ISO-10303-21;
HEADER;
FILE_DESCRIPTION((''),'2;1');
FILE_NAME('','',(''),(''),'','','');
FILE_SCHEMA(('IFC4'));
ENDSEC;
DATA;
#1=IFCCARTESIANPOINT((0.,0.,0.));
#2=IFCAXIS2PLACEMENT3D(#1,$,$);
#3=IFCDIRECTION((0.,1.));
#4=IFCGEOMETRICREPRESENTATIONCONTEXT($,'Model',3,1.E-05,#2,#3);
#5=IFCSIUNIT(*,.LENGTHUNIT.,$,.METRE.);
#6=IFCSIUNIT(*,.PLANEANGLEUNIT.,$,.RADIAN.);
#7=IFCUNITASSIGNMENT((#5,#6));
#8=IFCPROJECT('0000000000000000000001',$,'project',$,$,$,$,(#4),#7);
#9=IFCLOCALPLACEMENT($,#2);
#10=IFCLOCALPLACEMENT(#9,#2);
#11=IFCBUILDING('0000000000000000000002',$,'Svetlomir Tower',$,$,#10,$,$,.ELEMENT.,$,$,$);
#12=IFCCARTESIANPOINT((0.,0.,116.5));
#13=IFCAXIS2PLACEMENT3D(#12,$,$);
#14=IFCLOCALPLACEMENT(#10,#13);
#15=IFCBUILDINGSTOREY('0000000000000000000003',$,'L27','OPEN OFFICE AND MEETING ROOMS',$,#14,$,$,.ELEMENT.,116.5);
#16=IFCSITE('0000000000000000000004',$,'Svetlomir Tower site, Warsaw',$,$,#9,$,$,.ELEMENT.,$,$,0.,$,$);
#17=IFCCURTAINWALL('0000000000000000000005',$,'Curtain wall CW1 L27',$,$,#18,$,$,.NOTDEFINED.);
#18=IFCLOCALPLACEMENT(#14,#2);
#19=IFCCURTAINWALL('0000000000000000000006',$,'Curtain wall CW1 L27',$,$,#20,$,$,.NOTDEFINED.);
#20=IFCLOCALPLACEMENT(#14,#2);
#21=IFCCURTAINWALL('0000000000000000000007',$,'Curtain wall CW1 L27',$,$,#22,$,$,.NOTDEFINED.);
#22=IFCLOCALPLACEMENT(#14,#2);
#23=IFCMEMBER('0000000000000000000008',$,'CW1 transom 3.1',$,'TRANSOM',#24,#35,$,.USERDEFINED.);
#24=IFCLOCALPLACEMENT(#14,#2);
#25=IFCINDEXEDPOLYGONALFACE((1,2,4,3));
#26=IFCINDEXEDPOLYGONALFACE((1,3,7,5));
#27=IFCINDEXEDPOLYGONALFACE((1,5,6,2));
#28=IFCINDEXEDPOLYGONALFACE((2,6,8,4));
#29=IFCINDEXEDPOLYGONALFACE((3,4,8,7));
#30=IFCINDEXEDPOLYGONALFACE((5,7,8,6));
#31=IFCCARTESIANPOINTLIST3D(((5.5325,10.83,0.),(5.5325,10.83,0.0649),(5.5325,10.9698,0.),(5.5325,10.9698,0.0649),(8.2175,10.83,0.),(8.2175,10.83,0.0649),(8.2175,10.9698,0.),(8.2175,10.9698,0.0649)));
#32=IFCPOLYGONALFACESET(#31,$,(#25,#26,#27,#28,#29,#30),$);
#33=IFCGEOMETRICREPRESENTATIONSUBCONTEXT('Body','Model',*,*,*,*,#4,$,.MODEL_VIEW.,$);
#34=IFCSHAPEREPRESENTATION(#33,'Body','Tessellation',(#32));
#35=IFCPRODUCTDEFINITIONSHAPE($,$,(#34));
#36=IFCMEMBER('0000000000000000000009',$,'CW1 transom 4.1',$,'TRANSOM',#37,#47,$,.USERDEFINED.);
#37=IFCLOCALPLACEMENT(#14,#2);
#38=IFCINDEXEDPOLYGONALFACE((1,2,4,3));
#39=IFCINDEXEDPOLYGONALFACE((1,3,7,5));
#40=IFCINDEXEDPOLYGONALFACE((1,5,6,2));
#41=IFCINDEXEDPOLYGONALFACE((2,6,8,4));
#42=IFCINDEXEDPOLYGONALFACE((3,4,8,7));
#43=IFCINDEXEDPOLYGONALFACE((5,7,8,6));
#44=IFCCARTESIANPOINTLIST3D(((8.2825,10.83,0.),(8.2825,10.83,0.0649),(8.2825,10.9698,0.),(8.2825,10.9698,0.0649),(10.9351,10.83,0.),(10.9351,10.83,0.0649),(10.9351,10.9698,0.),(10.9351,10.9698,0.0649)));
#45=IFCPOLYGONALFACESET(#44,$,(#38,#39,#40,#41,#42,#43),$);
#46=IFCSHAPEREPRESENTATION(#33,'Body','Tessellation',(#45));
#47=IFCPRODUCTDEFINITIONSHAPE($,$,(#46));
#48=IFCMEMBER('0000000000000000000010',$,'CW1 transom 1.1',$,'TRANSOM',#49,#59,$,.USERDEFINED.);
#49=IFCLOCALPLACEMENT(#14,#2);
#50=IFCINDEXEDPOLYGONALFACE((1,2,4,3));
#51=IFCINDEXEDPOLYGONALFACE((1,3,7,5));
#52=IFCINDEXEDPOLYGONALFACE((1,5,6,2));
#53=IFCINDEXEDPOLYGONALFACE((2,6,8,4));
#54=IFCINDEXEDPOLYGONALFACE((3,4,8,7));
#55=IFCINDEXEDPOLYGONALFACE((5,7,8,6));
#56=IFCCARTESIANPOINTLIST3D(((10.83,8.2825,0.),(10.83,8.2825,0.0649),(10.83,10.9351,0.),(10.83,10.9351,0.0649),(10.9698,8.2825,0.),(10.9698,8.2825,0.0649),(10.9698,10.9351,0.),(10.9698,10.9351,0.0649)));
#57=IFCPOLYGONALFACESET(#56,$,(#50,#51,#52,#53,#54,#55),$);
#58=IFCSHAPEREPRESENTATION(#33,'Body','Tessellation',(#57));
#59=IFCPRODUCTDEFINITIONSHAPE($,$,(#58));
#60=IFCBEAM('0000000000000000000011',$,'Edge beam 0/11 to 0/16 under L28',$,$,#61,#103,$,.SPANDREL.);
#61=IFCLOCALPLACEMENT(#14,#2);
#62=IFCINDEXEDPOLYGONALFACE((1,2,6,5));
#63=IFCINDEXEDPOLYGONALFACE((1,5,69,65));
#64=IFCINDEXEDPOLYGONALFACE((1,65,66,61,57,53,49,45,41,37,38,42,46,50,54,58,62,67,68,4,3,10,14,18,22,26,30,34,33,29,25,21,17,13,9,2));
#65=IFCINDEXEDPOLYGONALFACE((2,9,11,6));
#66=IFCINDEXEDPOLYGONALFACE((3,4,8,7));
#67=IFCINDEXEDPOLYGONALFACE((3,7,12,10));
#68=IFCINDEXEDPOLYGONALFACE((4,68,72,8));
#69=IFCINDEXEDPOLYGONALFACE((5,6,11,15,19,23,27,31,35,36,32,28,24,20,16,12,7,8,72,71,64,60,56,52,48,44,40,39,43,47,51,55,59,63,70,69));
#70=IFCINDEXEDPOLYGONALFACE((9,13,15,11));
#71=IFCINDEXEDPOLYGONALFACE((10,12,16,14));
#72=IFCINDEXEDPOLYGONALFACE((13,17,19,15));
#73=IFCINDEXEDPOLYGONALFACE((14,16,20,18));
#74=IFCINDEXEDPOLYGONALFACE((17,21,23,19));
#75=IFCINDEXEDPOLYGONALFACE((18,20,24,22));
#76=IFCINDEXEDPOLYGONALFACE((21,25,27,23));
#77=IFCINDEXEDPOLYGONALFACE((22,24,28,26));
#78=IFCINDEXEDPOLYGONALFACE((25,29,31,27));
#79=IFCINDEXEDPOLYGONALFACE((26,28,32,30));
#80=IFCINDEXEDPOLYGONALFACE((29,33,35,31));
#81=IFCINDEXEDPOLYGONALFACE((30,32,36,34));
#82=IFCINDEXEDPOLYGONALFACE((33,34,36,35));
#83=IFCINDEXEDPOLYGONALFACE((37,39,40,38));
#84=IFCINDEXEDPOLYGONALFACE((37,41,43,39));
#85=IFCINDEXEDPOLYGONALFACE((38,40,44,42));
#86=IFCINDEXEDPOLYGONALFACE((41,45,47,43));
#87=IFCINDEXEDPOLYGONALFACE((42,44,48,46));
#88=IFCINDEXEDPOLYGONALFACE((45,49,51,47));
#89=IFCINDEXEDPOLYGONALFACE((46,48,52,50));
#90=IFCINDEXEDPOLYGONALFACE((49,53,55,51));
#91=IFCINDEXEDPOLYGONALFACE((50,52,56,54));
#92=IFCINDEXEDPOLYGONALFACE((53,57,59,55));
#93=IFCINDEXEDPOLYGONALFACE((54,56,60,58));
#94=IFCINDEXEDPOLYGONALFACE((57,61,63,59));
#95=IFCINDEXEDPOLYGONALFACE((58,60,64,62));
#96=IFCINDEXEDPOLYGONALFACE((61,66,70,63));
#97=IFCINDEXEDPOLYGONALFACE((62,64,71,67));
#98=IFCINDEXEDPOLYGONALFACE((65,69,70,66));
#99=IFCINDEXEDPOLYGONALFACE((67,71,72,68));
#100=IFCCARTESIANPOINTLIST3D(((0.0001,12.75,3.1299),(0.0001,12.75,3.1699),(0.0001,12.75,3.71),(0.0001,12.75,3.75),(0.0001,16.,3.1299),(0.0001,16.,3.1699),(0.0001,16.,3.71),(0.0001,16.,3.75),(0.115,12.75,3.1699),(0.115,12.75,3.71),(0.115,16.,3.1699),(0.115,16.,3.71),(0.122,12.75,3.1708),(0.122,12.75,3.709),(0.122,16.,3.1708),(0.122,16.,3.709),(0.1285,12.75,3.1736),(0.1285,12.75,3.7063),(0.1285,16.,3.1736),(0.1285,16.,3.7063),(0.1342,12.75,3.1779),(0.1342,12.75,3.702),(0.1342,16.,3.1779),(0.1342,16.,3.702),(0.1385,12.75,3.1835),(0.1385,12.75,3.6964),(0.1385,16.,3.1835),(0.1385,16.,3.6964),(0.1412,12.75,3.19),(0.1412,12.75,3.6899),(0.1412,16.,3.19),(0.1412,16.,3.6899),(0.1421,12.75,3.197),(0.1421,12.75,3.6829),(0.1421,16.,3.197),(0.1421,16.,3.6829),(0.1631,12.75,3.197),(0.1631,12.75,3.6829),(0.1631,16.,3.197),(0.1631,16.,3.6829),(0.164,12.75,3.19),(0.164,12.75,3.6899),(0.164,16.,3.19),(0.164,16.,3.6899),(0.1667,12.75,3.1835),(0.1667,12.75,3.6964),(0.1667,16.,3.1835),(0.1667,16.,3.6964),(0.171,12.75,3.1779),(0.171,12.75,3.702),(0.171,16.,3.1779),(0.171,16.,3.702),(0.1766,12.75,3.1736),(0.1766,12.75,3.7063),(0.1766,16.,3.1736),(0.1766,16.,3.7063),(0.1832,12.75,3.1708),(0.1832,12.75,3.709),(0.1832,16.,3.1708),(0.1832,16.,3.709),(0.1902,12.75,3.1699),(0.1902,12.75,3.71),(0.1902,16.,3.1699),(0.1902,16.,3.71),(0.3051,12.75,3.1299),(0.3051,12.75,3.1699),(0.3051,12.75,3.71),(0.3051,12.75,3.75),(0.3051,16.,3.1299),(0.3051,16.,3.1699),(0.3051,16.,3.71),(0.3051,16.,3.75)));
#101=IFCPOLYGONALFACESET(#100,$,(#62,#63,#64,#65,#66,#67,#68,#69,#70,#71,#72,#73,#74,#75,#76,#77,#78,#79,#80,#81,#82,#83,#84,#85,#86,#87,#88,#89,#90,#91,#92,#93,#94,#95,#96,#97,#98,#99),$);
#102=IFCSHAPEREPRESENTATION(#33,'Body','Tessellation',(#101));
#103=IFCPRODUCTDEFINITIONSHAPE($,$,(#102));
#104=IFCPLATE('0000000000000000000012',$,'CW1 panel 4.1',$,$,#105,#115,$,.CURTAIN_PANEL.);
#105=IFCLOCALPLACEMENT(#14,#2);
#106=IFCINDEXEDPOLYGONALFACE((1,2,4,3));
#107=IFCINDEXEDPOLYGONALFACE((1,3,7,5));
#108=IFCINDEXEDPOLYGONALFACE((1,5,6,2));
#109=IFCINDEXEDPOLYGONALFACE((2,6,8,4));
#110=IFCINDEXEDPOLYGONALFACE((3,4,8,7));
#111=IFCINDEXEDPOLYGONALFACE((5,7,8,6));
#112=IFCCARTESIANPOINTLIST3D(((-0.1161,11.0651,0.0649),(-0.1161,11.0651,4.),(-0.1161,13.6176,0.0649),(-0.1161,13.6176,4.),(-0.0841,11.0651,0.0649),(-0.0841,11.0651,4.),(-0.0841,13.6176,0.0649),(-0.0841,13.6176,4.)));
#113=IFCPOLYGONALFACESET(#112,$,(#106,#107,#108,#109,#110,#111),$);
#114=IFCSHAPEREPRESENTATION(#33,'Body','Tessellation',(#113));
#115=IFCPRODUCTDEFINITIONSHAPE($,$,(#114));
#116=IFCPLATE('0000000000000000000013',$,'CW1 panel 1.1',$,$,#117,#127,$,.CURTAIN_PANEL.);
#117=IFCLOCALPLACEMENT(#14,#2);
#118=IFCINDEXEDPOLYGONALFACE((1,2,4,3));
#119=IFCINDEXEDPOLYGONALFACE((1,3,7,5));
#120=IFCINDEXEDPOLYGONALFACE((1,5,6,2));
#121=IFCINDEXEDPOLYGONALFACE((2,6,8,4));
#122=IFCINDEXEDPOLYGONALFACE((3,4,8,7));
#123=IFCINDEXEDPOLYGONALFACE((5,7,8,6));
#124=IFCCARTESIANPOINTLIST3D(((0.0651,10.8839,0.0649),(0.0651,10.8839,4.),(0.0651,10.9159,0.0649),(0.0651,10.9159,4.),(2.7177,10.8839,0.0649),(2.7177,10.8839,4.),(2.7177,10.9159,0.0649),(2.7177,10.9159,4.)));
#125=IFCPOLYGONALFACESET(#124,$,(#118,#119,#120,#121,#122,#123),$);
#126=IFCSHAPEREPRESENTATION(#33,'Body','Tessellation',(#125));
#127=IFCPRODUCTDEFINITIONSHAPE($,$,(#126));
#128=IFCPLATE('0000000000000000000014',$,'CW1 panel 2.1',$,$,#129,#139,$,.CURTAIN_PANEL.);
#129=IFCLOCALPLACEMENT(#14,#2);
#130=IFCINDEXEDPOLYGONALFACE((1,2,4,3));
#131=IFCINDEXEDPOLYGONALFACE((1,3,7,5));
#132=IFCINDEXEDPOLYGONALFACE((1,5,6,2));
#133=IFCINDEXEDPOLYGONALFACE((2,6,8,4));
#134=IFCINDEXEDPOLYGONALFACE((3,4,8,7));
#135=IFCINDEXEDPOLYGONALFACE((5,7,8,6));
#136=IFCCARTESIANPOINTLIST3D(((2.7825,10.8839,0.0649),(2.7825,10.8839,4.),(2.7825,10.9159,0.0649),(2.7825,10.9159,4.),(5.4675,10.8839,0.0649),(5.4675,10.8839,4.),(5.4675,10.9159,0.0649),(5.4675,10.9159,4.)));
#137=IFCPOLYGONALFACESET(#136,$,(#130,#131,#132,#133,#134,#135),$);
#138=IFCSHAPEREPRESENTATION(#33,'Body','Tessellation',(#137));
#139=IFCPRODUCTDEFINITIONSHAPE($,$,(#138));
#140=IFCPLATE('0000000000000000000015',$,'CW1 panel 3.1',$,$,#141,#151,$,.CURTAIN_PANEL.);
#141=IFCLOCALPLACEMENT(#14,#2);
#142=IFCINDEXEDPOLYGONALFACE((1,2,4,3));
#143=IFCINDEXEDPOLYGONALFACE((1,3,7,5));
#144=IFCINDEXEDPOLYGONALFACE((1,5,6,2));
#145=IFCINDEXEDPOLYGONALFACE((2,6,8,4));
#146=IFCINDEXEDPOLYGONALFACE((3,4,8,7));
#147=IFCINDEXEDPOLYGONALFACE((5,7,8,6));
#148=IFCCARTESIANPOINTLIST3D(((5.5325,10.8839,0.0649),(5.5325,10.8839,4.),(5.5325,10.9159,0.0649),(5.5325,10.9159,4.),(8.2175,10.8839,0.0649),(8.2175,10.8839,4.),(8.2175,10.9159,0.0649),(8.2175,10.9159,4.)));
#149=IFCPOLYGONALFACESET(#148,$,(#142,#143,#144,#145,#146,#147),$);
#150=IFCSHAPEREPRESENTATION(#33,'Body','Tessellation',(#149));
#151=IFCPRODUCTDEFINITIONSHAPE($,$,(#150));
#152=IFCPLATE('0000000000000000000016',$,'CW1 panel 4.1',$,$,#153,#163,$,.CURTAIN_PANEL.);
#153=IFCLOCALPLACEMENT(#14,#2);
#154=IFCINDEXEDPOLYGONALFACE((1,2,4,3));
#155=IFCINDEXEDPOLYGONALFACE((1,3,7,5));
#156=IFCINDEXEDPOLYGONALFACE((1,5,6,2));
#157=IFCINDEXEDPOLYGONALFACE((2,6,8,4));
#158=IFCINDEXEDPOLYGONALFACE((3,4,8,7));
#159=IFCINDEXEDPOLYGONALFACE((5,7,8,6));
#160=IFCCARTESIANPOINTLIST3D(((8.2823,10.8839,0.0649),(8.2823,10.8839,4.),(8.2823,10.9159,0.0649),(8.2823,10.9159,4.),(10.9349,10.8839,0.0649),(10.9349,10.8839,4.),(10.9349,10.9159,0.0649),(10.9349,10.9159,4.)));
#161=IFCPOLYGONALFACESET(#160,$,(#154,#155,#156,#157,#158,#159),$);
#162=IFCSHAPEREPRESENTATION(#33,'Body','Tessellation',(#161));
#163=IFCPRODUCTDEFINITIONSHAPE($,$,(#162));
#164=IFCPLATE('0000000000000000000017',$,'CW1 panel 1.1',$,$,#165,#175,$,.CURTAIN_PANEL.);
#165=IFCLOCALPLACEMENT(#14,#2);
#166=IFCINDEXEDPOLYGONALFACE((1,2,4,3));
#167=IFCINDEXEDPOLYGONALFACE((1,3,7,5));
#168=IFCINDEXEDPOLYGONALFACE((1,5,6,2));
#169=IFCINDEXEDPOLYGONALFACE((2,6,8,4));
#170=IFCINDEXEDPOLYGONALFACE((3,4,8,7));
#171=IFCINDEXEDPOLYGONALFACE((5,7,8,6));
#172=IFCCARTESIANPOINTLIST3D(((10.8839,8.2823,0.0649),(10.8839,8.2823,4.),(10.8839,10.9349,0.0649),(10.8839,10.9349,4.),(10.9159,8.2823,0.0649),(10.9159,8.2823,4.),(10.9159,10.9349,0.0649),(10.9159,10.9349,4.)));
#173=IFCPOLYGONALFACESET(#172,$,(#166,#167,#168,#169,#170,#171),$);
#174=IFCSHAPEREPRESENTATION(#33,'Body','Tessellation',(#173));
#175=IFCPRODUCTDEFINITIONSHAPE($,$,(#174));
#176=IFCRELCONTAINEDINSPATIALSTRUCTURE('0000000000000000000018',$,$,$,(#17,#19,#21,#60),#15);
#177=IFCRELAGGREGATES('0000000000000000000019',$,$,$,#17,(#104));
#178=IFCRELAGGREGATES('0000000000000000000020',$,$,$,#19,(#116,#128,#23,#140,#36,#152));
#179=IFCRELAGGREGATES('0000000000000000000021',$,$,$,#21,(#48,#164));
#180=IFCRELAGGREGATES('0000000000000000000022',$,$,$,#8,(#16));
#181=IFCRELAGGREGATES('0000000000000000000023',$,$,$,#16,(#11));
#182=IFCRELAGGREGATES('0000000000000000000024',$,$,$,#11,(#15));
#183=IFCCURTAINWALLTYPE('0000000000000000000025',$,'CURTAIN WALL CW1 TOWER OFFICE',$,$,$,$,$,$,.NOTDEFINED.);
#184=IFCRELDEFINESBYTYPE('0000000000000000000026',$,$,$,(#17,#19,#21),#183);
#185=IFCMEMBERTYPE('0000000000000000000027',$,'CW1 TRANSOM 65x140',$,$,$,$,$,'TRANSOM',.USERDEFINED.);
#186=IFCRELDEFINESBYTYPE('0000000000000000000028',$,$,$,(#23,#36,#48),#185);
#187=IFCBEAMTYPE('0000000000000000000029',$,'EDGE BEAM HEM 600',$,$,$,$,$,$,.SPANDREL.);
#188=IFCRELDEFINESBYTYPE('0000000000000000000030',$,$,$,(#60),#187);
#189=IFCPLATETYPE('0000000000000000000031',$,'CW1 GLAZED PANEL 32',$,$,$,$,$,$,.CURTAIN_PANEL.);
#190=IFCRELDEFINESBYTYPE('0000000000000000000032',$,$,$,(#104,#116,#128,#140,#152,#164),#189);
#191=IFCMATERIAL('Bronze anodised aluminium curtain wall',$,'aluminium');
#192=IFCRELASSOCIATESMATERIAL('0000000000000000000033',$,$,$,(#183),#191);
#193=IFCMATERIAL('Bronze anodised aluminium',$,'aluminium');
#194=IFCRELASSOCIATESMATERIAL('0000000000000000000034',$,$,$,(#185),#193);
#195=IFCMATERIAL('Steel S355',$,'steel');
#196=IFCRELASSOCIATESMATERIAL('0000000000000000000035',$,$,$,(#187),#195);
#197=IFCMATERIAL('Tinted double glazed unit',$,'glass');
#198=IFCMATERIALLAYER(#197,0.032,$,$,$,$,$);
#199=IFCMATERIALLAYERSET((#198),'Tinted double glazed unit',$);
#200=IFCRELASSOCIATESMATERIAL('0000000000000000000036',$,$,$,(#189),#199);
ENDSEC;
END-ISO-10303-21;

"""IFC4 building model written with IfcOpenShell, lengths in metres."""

from ifc_helpers import new_model, si_unit, direction, frame, origin, origin_2d, place, context, subcontext, project, spatial, rectangle, i_section, extrude, material, layer, layer_set, material_profile, profile_set, type_object, element, aggregate, save


model = new_model("IFC4")

# Units and contexts
model_context = context("Model", 3, precision=1e-05, world=origin(), true_north=direction((0.0, 1.0)))
body_context = subcontext(model_context, "Body", "Model", "MODEL_VIEW")
ifc_project = project(units=[si_unit("LENGTHUNIT", "METRE"), si_unit("PLANEANGLEUNIT", "RADIAN")], contexts=[model_context])

# Site, building, storey
site_placement = place(None, origin())
site = spatial("IfcSite", under=ifc_project, at=site_placement, Name="Svetlomir Tower site, Warsaw", CompositionType="ELEMENT", RefElevation=0.0)
building_placement = place(site_placement, origin())
building = spatial("IfcBuilding", under=site, at=building_placement, Name="Svetlomir Tower", CompositionType="ELEMENT")
storey_placement = place(building_placement, frame((0.0, 0.0, 116.5)))
storey = spatial("IfcBuildingStorey", under=building, at=storey_placement, Name="L27", Description="OPEN OFFICE AND MEETING ROOMS", CompositionType="ELEMENT", Elevation=116.5)

# Curtain wall
ifc_material_1 = material(Name="Bronze anodised aluminium curtain wall", Category="aluminium")
curtain_wall_type = type_object("IfcCurtainWallType", Name="CURTAIN WALL CW1 TOWER OFFICE", PredefinedType="NOTDEFINED", material=ifc_material_1)
curtain_wall_1_placement = place(storey_placement, origin())
curtain_wall_1 = element("IfcCurtainWall", 1, at=curtain_wall_1_placement, inside=storey, type_object=curtain_wall_type, Name="Curtain wall CW1 L27", PredefinedType="NOTDEFINED")

# Curtain wall
curtain_wall_2_placement = place(storey_placement, origin())
curtain_wall_2 = element("IfcCurtainWall", 2, at=curtain_wall_2_placement, inside=storey, type_object=curtain_wall_type, Name="Curtain wall CW1 L27", PredefinedType="NOTDEFINED")

# Curtain wall
curtain_wall_3_placement = place(storey_placement, origin())
curtain_wall_3 = element("IfcCurtainWall", 3, at=curtain_wall_3_placement, inside=storey, type_object=curtain_wall_type, Name="Curtain wall CW1 L27", PredefinedType="NOTDEFINED")

# Members
ifc_material_2 = material(Name="Bronze anodised aluminium", Category="aluminium")
ifc_material_profile_1 = material_profile(ifc_material_2, rectangle(XDim=0.1399, YDim=0.0649, at=origin_2d()), Name="AL 140x65")
ifc_profile_set_1 = profile_set([ifc_material_profile_1], Name="Bronze anodised aluminium 6063-T6")
member_type_1 = type_object("IfcMemberType", Name="CW1 TRANSOM 65x140", ElementType="TRANSOM", PredefinedType="USERDEFINED", material=ifc_profile_set_1)
member_1_placement = place(storey_placement, frame((5.5325, 10.8999, 0.0325), z_axis=(1.0, 0.0, 0.0), x_axis=(0.0, 1.0, 0.0)))
member_1 = element("IfcMember", 4, at=member_1_placement, type_object=member_type_1, Name="CW1 transom 3.1", ObjectType="TRANSOM", PredefinedType="USERDEFINED", context=body_context, shape_type="SweptSolid", body=[
    extrude(rectangle(XDim=0.1399, YDim=0.0649, at=origin_2d()), origin(), (0.0, 0.0, 1.0), 2.6851),
])
member_2_placement = place(storey_placement, frame((8.2825, 10.8999, 0.0325), z_axis=(1.0, 0.0, 0.0), x_axis=(0.0, 1.0, 0.0)))
member_2 = element("IfcMember", 5, at=member_2_placement, type_object=member_type_1, Name="CW1 transom 4.1", ObjectType="TRANSOM", PredefinedType="USERDEFINED", context=body_context, shape_type="SweptSolid", body=[
    extrude(rectangle(XDim=0.1399, YDim=0.0649, at=origin_2d()), origin(), (0.0, 0.0, 1.0), 2.6526),
])
member_3_placement = place(storey_placement, frame((10.8999, 10.9351, 0.0325), z_axis=(0.0, -1.0, 0.0), x_axis=(1.0, 0.0, 0.0)))
member_3 = element("IfcMember", 6, at=member_3_placement, type_object=member_type_1, Name="CW1 transom 1.1", ObjectType="TRANSOM", PredefinedType="USERDEFINED", context=body_context, shape_type="SweptSolid", body=[
    extrude(rectangle(XDim=0.1399, YDim=0.0649, at=origin_2d()), origin(), (0.0, 0.0, 1.0), 2.6526),
])

# Beam
ifc_material_3 = material(Name="Steel S355", Category="steel")
ifc_material_profile_2 = material_profile(ifc_material_3, i_section(OverallWidth=0.3049, OverallDepth=0.6201, WebThickness=0.021, FlangeThickness=0.04, FilletRadius=0.0271, at=origin_2d()), Name="HEM 600")
ifc_profile_set_2 = profile_set([ifc_material_profile_2], Name="Steel S355")
beam_type = type_object("IfcBeamType", Name="EDGE BEAM HEM 600", PredefinedType="SPANDREL", material=ifc_profile_set_2)
beam_placement = place(storey_placement, frame((0.1526, 12.75, 3.4399), z_axis=(0.0, 1.0, 0.0), x_axis=(-1.0, 0.0, 0.0)))
element("IfcBeam", 7, at=beam_placement, inside=storey, type_object=beam_type, Name="Edge beam 0/11 to 0/16 under L28", PredefinedType="SPANDREL", context=body_context, shape_type="SweptSolid", body=[
    extrude(i_section(OverallWidth=0.3049, OverallDepth=0.6201, WebThickness=0.021, FlangeThickness=0.04, FilletRadius=0.0271, at=origin_2d()), origin(), (0.0, 0.0, 1.0), 3.25),
])

# Plates
ifc_material_4 = material(Name="Tinted double glazed unit", Category="glass")
ifc_layer_1 = layer(ifc_material_4, 0.032)
ifc_layer_set_1 = layer_set([ifc_layer_1], Name="Tinted double glazed unit")
plate_type = type_object("IfcPlateType", Name="CW1 GLAZED PANEL 32", PredefinedType="CURTAIN_PANEL", material=ifc_layer_set_1)
plate_1_placement = place(storey_placement, frame((-0.1001, 12.3413, 0.0649), z_axis=(0.0, 0.0, 1.0), x_axis=(0.0, -1.0, 0.0)))
plate_1 = element("IfcPlate", 8, at=plate_1_placement, type_object=plate_type, Name="CW1 panel 4.1", PredefinedType="CURTAIN_PANEL", context=body_context, shape_type="SweptSolid", body=[
    extrude(rectangle(XDim=2.5525, YDim=0.032, at=origin_2d()), origin(), (0.0, 0.0, 1.0), 3.9351),
])
aggregate(curtain_wall_1, [plate_1])
plate_2_placement = place(storey_placement, frame((1.3914, 10.8999, 0.0649), z_axis=(0.0, 0.0, 1.0), x_axis=(1.0, 0.0, 0.0)))
plate_2 = element("IfcPlate", 9, at=plate_2_placement, type_object=plate_type, Name="CW1 panel 1.1", PredefinedType="CURTAIN_PANEL", context=body_context, shape_type="SweptSolid", body=[
    extrude(rectangle(XDim=2.6526, YDim=0.032, at=origin_2d()), origin(), (0.0, 0.0, 1.0), 3.9351),
])
plate_3_placement = place(storey_placement, frame((4.125, 10.8999, 0.0649), z_axis=(0.0, 0.0, 1.0), x_axis=(1.0, 0.0, 0.0)))
plate_3 = element("IfcPlate", 10, at=plate_3_placement, type_object=plate_type, Name="CW1 panel 2.1", PredefinedType="CURTAIN_PANEL", context=body_context, shape_type="SweptSolid", body=[
    extrude(rectangle(XDim=2.6851, YDim=0.032, at=origin_2d()), origin(), (0.0, 0.0, 1.0), 3.9351),
])
plate_4_placement = place(storey_placement, frame((6.875, 10.8999, 0.0649), z_axis=(0.0, 0.0, 1.0), x_axis=(1.0, 0.0, 0.0)))
plate_4 = element("IfcPlate", 11, at=plate_4_placement, type_object=plate_type, Name="CW1 panel 3.1", PredefinedType="CURTAIN_PANEL", context=body_context, shape_type="SweptSolid", body=[
    extrude(rectangle(XDim=2.6851, YDim=0.032, at=origin_2d()), origin(), (0.0, 0.0, 1.0), 3.9351),
])
plate_5_placement = place(storey_placement, frame((9.6086, 10.8999, 0.0649), z_axis=(0.0, 0.0, 1.0), x_axis=(1.0, 0.0, 0.0)))
plate_5 = element("IfcPlate", 12, at=plate_5_placement, type_object=plate_type, Name="CW1 panel 4.1", PredefinedType="CURTAIN_PANEL", context=body_context, shape_type="SweptSolid", body=[
    extrude(rectangle(XDim=2.6526, YDim=0.032, at=origin_2d()), origin(), (0.0, 0.0, 1.0), 3.9351),
])
aggregate(curtain_wall_2, [plate_2, plate_3, member_1, plate_4, member_2, plate_5])
plate_6_placement = place(storey_placement, frame((10.8999, 9.6086, 0.0649), z_axis=(0.0, 0.0, 1.0), x_axis=(0.0, -1.0, 0.0)))
plate_6 = element("IfcPlate", 13, at=plate_6_placement, type_object=plate_type, Name="CW1 panel 1.1", PredefinedType="CURTAIN_PANEL", context=body_context, shape_type="SweptSolid", body=[
    extrude(rectangle(XDim=2.6526, YDim=0.032, at=origin_2d()), origin(), (0.0, 0.0, 1.0), 3.9351),
])
aggregate(curtain_wall_3, [member_3, plate_6])

save(model, "model.ifc")
